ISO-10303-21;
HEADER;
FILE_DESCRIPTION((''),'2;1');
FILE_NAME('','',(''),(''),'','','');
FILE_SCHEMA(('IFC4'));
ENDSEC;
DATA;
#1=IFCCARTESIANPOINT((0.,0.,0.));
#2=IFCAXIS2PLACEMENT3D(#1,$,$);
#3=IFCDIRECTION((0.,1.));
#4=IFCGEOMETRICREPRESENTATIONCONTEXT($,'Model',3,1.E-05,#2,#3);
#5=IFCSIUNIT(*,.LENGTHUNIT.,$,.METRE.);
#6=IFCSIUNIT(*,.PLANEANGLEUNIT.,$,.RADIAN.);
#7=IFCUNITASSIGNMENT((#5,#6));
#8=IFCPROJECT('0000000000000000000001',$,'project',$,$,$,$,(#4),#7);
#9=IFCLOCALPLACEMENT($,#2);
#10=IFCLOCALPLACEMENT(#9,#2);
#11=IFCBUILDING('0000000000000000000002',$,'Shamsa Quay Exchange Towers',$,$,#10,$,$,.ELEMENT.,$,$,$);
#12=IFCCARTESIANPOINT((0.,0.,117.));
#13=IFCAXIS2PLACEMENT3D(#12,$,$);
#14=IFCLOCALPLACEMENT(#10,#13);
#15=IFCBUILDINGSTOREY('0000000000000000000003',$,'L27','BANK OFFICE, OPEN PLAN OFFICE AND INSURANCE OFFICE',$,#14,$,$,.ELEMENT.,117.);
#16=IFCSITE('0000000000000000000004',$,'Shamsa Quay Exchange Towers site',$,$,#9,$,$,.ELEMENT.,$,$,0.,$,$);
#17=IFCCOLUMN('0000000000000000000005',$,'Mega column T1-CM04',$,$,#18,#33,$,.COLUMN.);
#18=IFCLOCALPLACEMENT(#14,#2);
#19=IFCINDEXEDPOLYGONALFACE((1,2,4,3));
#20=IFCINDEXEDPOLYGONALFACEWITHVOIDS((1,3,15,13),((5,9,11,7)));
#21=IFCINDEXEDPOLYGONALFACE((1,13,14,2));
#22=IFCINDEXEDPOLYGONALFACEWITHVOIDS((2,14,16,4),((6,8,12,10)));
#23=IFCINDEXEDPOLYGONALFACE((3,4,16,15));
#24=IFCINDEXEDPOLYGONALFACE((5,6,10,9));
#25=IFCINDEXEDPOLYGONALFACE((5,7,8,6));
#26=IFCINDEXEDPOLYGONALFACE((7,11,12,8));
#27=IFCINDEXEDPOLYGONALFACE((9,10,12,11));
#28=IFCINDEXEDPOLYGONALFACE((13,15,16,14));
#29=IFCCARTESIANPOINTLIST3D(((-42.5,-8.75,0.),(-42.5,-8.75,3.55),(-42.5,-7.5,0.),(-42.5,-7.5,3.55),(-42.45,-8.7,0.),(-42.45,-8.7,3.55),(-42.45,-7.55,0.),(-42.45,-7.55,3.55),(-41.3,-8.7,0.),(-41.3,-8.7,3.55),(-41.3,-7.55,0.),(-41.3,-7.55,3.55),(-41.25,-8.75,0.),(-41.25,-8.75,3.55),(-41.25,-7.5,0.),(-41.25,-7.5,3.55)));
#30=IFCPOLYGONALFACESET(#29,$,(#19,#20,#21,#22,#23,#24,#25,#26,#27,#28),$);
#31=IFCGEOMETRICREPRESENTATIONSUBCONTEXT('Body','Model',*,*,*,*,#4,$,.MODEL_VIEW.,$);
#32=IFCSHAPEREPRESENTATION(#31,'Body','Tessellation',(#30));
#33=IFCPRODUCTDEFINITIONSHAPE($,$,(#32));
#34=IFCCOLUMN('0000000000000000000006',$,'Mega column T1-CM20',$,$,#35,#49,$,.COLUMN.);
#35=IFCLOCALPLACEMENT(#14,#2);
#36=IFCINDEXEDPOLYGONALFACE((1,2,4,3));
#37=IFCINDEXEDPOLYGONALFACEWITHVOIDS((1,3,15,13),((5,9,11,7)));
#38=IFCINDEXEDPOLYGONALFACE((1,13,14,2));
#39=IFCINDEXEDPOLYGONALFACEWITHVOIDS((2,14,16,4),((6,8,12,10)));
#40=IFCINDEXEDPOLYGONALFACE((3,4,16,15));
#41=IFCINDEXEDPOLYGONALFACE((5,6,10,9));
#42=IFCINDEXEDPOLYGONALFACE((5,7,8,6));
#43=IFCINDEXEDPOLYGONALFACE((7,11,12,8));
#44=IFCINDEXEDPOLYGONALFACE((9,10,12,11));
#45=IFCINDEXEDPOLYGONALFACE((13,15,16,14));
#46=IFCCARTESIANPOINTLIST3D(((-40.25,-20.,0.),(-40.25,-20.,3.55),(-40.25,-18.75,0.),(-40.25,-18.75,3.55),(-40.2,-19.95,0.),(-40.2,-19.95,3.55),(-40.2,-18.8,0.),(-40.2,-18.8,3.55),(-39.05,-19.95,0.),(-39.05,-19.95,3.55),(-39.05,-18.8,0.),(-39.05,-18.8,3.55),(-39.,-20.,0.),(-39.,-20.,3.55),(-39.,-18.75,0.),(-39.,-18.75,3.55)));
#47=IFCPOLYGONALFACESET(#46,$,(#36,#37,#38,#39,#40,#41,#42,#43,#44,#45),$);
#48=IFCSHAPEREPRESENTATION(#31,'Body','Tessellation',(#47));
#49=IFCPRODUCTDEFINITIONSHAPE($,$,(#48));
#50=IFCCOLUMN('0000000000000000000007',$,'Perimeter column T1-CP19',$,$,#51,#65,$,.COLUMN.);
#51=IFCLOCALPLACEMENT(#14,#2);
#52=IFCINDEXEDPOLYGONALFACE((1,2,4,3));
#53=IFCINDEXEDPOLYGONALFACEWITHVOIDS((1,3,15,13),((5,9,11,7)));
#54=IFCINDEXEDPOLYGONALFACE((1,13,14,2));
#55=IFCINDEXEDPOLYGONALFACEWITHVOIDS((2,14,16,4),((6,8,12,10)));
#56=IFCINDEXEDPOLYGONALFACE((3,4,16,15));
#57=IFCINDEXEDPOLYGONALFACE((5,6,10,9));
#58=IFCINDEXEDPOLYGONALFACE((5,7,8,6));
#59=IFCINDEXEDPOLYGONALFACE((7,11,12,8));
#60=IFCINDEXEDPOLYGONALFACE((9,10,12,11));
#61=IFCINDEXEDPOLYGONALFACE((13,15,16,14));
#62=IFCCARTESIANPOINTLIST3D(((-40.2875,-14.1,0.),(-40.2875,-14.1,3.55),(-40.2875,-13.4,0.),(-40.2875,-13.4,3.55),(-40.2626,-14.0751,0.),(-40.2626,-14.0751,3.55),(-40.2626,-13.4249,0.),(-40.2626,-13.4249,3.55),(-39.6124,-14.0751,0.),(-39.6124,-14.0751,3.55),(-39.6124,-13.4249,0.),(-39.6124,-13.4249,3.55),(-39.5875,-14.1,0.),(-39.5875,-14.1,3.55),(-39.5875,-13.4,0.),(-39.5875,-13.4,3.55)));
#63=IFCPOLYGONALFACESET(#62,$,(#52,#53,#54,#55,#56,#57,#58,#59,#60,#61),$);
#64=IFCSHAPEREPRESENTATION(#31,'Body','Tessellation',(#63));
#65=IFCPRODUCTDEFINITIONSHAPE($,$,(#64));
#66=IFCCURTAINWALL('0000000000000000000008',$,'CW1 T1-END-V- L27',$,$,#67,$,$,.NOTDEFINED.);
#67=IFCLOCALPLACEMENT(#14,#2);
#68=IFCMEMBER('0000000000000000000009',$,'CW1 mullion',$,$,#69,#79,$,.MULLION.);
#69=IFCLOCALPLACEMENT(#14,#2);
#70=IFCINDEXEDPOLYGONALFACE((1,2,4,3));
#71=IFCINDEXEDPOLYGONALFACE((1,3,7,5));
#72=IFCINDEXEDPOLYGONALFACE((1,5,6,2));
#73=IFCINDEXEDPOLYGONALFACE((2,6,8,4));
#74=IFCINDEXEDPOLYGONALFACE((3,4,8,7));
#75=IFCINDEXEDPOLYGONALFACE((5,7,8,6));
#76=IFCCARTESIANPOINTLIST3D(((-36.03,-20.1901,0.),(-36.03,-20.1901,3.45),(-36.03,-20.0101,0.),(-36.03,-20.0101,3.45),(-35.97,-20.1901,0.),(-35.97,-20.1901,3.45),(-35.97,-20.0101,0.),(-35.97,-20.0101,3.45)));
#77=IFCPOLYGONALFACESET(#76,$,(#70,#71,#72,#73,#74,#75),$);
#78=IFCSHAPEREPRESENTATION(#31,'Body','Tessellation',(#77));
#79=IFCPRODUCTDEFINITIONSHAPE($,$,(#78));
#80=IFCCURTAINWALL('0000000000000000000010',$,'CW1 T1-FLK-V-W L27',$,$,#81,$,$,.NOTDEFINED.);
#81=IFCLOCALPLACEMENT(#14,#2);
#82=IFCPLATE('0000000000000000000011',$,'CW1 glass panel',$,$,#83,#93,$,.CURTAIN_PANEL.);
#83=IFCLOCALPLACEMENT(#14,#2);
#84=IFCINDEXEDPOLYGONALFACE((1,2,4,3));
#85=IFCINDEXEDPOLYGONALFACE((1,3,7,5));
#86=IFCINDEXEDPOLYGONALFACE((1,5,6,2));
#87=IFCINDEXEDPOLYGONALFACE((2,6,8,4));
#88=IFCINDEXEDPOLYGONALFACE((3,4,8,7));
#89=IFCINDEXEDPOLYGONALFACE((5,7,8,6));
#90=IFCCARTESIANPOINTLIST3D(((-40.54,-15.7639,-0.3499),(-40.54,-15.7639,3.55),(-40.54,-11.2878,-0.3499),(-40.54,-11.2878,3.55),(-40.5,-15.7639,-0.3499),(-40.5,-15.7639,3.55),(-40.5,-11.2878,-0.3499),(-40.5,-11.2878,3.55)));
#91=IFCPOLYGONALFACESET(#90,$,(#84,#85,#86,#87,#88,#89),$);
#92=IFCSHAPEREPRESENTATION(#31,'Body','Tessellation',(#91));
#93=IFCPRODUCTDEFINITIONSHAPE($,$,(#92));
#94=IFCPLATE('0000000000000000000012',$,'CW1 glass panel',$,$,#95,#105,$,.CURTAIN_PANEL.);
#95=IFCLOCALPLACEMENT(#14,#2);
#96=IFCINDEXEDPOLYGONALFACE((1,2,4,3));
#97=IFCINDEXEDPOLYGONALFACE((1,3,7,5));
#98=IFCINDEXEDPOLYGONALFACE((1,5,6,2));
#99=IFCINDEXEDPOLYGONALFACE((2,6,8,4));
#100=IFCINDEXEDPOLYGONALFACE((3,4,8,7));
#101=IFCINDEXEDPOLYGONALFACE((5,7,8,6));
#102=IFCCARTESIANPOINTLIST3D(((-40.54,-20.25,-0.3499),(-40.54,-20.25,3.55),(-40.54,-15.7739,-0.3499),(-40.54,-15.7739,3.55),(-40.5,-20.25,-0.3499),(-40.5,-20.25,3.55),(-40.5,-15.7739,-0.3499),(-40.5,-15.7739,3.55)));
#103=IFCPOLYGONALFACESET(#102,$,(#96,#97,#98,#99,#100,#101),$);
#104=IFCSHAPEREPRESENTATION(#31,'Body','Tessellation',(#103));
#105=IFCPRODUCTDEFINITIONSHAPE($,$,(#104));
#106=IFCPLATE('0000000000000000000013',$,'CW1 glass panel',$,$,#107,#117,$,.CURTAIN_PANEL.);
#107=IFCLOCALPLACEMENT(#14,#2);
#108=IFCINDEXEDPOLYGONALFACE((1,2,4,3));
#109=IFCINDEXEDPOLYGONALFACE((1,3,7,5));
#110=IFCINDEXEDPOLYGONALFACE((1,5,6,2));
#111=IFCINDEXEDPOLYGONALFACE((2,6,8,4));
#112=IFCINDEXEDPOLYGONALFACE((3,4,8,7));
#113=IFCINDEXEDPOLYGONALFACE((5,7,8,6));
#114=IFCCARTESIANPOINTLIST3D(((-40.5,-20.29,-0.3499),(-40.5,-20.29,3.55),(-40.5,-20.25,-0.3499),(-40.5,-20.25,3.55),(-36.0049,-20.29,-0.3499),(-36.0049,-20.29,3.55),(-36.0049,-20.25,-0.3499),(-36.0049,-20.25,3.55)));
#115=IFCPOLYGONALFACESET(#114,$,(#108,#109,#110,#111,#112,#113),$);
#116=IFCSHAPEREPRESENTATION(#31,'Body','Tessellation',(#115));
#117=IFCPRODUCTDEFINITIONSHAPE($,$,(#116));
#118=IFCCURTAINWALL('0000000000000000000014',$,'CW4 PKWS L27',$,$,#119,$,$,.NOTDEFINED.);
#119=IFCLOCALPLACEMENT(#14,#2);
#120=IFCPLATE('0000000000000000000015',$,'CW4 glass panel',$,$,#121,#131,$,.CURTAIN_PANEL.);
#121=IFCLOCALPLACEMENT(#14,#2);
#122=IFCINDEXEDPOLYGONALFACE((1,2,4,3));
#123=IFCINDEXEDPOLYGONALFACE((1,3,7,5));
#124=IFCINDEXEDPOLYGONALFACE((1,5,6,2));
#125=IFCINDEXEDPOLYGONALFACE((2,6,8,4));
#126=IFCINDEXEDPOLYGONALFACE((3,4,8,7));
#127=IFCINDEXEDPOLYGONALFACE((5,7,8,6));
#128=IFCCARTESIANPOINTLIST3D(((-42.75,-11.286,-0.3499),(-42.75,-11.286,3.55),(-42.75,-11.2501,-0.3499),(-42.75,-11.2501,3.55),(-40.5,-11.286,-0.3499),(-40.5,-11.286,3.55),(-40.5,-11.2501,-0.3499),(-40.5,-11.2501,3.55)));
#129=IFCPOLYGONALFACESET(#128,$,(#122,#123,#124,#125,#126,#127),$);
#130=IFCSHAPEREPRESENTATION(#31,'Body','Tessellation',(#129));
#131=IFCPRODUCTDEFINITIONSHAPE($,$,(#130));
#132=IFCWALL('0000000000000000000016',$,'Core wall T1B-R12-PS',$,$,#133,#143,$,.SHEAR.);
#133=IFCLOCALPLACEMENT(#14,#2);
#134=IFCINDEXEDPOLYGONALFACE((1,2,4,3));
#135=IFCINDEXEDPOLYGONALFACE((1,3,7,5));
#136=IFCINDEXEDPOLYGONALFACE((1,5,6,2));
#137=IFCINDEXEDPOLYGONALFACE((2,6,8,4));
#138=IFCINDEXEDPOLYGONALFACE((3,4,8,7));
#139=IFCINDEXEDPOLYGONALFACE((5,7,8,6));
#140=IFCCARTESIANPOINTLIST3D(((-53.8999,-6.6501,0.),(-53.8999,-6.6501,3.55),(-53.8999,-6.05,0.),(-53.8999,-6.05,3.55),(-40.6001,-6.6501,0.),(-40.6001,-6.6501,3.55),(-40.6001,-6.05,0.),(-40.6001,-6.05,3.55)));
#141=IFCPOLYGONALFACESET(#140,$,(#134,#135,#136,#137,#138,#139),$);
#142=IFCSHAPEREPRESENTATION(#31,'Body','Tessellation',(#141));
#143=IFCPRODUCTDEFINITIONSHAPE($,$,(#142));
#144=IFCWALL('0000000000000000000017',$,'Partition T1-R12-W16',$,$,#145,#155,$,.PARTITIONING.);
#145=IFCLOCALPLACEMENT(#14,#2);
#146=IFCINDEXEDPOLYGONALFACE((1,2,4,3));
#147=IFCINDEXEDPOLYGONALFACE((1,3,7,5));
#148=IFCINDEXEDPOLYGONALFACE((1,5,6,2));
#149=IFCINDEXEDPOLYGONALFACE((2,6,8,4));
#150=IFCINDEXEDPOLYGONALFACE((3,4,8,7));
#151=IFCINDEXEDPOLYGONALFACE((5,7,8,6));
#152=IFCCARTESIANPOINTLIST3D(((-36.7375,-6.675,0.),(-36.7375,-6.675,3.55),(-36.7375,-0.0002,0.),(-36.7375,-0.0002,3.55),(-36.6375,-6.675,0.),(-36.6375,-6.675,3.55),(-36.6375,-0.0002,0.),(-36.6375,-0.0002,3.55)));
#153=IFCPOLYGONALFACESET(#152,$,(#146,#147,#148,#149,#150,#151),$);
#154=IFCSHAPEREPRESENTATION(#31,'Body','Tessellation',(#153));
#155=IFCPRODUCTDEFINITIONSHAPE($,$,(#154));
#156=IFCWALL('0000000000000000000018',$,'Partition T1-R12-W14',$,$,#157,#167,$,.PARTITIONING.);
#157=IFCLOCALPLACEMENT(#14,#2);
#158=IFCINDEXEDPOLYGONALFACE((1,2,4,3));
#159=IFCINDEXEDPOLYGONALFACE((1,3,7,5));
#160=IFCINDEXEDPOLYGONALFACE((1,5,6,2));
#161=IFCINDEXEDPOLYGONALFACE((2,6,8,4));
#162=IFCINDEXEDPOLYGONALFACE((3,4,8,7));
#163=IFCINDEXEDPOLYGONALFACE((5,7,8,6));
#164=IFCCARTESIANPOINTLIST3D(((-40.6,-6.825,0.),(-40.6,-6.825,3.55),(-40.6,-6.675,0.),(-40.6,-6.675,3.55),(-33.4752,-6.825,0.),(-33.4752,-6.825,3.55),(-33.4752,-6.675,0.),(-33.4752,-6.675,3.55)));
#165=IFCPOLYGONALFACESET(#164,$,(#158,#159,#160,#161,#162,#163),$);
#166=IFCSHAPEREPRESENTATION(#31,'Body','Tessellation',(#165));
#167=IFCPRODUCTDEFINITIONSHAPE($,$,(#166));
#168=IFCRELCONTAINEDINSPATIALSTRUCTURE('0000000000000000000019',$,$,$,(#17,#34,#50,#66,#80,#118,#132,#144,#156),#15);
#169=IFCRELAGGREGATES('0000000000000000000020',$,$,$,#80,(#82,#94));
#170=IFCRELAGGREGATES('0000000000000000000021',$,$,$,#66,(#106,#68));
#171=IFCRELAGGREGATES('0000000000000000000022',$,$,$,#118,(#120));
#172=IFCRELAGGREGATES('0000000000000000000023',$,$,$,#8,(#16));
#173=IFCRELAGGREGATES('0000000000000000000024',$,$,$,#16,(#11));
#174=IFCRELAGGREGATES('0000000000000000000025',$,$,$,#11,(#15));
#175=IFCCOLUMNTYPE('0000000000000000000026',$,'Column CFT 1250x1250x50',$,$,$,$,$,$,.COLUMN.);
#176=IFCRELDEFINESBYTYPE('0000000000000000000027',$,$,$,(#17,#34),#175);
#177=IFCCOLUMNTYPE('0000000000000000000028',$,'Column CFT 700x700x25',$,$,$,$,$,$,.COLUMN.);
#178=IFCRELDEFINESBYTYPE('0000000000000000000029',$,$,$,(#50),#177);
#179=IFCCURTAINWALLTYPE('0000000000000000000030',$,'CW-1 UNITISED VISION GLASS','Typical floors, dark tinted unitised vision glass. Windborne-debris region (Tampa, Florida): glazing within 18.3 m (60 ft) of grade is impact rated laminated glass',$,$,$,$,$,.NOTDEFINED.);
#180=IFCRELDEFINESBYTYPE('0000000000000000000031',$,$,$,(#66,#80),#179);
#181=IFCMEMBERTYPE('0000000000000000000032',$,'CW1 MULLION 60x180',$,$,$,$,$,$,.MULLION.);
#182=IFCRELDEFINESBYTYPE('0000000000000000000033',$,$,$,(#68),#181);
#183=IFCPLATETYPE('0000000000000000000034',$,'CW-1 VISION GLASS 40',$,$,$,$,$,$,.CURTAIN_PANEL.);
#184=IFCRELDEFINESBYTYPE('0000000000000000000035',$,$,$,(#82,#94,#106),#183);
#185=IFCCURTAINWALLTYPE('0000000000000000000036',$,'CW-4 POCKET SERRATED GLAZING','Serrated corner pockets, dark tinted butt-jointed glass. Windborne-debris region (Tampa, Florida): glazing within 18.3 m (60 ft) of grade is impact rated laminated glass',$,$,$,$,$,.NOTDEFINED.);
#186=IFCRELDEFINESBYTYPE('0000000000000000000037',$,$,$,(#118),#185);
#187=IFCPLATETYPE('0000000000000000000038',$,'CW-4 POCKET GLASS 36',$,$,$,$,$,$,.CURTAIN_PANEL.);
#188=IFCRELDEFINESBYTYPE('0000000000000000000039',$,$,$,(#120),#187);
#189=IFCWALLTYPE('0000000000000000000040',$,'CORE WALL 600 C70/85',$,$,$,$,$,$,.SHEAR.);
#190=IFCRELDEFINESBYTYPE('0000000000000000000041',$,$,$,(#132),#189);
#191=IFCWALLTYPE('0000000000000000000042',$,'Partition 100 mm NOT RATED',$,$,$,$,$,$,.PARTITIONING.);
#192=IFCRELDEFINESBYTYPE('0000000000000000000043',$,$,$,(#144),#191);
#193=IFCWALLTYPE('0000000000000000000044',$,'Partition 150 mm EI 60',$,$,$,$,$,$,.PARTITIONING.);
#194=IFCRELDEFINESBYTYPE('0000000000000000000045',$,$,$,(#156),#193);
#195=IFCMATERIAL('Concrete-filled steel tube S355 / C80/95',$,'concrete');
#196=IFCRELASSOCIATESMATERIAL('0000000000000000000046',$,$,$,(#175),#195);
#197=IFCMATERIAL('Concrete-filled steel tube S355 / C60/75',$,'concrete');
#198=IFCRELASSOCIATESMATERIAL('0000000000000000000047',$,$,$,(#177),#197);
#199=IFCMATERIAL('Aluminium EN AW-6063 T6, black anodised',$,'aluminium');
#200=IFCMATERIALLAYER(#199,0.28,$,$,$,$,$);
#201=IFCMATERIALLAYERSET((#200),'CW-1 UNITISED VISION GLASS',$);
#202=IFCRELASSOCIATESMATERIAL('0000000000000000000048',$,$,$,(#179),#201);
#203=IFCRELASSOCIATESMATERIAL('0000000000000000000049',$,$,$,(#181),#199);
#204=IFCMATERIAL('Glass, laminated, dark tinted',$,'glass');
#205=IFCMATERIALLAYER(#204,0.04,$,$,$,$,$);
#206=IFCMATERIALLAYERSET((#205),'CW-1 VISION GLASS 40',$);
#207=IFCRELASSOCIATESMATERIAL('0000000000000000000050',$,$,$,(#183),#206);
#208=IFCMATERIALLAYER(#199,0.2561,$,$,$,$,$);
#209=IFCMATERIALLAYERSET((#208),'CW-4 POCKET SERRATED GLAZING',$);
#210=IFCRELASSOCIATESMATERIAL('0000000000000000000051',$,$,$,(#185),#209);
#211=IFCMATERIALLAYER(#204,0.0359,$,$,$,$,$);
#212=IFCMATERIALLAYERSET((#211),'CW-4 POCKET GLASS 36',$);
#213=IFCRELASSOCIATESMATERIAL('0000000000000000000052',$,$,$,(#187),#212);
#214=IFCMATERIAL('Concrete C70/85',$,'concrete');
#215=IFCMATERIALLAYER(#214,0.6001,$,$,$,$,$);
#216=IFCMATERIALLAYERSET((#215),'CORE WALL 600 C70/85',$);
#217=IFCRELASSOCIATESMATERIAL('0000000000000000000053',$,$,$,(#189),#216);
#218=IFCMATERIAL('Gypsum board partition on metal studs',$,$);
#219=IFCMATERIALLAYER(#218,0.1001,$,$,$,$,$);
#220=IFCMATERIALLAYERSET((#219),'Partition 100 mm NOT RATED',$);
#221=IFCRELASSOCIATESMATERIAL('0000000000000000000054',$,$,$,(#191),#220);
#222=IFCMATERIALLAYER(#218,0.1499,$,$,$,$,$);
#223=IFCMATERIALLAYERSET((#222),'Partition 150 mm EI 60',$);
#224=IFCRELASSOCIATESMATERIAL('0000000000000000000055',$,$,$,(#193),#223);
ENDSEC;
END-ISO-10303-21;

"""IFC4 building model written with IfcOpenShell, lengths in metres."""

from ifc_helpers import new_model, si_unit, direction, frame, frame_2d, origin, origin_2d, place, context, subcontext, project, spatial, rectangle, hollow_rectangle, extrude, material, layer, layer_set, material_profile, profile_set, type_object, element, aggregate, save


model = new_model("IFC4")

# Units and contexts
model_context = context("Model", 3, precision=1e-05, world=origin(), true_north=direction((0.0, 1.0)))
body_context = subcontext(model_context, "Body", "Model", "MODEL_VIEW")
ifc_project = project(units=[si_unit("LENGTHUNIT", "METRE"), si_unit("PLANEANGLEUNIT", "RADIAN")], contexts=[model_context])

# Site, building, storey
site_placement = place(None, origin())
site = spatial("IfcSite", under=ifc_project, at=site_placement, Name="Shamsa Quay Exchange Towers site", CompositionType="ELEMENT", RefElevation=0.0)
building_placement = place(site_placement, origin())
building = spatial("IfcBuilding", under=site, at=building_placement, Name="Shamsa Quay Exchange Towers", CompositionType="ELEMENT")
storey_placement = place(building_placement, frame((0.0, 0.0, 117.0)))
storey = spatial("IfcBuildingStorey", under=building, at=storey_placement, Name="L27", Description="BANK OFFICE, OPEN PLAN OFFICE AND INSURANCE OFFICE", CompositionType="ELEMENT", Elevation=117.0)

# Columns
ifc_material_1 = material(Name="Concrete-filled steel tube S355 / C80/95", Category="concrete")
ifc_material_profile_1 = material_profile(ifc_material_1, hollow_rectangle(XDim=1.25, YDim=1.25, WallThickness=0.05, at=origin_2d()), Name="CFT 1250x1250x50")
ifc_profile_set_1 = profile_set([ifc_material_profile_1], Name="Concrete-filled steel tube S355 / C80/95")
column_type_1 = type_object("IfcColumnType", Name="Column CFT 1250x1250x50", PredefinedType="COLUMN", material=ifc_profile_set_1)
for number, where, name in (
    (1, (-41.875, -8.125, 0.0), "Mega column T1-CM04"),
    (2, (-39.625, -19.375, 0.0), "Mega column T1-CM20"),
):
    element("IfcColumn", number, at=place(storey_placement, frame(where)), inside=storey, type_object=column_type_1, Name=name, PredefinedType="COLUMN", context=body_context, shape_type="SweptSolid", body=[
        extrude(hollow_rectangle(XDim=1.25, YDim=1.25, WallThickness=0.05, at=origin_2d()), origin(), (0.0, 0.0, 1.0), 3.55),
    ])
ifc_material_2 = material(Name="Concrete-filled steel tube S355 / C60/75", Category="concrete")
ifc_material_profile_2 = material_profile(ifc_material_2, hollow_rectangle(XDim=0.7, YDim=0.7, WallThickness=0.0249, at=origin_2d()), Name="CFT 700x700x25")
ifc_profile_set_2 = profile_set([ifc_material_profile_2], Name="Concrete-filled steel tube S355 / C60/75")
column_type_2 = type_object("IfcColumnType", Name="Column CFT 700x700x25", PredefinedType="COLUMN", material=ifc_profile_set_2)
column_placement = place(storey_placement, frame((-39.9375, -13.75, 0.0)))
element("IfcColumn", 3, at=column_placement, inside=storey, type_object=column_type_2, Name="Perimeter column T1-CP19", PredefinedType="COLUMN", context=body_context, shape_type="SweptSolid", body=[
    extrude(hollow_rectangle(XDim=0.7, YDim=0.7, WallThickness=0.0249, at=origin_2d()), origin(), (0.0, 0.0, 1.0), 3.55),
])

# Curtain wall, member
ifc_material_3 = material(Name="Aluminium EN AW-6063 T6, black anodised", Category="aluminium")
ifc_layer_1 = layer(ifc_material_3, 0.28)
ifc_layer_set_1 = layer_set([ifc_layer_1], Name="CW-1 UNITISED VISION GLASS")
curtain_wall_type_1 = type_object("IfcCurtainWallType", Name="CW-1 UNITISED VISION GLASS", Description="Typical floors, dark tinted unitised vision glass. Windborne-debris region (Tampa, Florida): glazing within 18.3 m (60 ft) of grade is impact rated laminated glass", PredefinedType="NOTDEFINED", material=ifc_layer_set_1)
curtain_wall_1_placement = place(storey_placement, origin())
curtain_wall_1 = element("IfcCurtainWall", 4, at=curtain_wall_1_placement, inside=storey, type_object=curtain_wall_type_1, Name="CW1 T1-END-V- L27", PredefinedType="NOTDEFINED")
ifc_material_profile_3 = material_profile(ifc_material_3, rectangle(XDim=0.1799, YDim=0.0601, at=origin_2d()), Name="MU60x180")
ifc_profile_set_3 = profile_set([ifc_material_profile_3], Name="Aluminium EN AW-6063 T6, black anodised")
member_type = type_object("IfcMemberType", Name="CW1 MULLION 60x180", PredefinedType="MULLION", material=ifc_profile_set_3)
member_placement = place(storey_placement, frame((-36.0, -20.1001, 0.0), z_axis=(0.0, 0.0, 1.0), x_axis=(0.0, 1.0, 0.0)))
member = element("IfcMember", 5, at=member_placement, type_object=member_type, Name="CW1 mullion", PredefinedType="MULLION", context=body_context, shape_type="SweptSolid", body=[
    extrude(rectangle(XDim=0.1799, YDim=0.0601, at=origin_2d()), origin(), (0.0, 0.0, 1.0), 3.45),
])

# Curtain wall, plates
curtain_wall_2_placement = place(storey_placement, origin())
curtain_wall_2 = element("IfcCurtainWall", 6, at=curtain_wall_2_placement, inside=storey, type_object=curtain_wall_type_1, Name="CW1 T1-FLK-V-W L27", PredefinedType="NOTDEFINED")
ifc_material_4 = material(Name="Glass, laminated, dark tinted", Category="glass")
ifc_layer_2 = layer(ifc_material_4, 0.04)
ifc_layer_set_2 = layer_set([ifc_layer_2], Name="CW-1 VISION GLASS 40")
plate_type_1 = type_object("IfcPlateType", Name="CW-1 VISION GLASS 40", PredefinedType="CURTAIN_PANEL", material=ifc_layer_set_2)
plate_1_placement = place(storey_placement, frame((-40.52, -13.5259, -0.3499), z_axis=(0.0, 0.0, 1.0), x_axis=(0.0, -1.0, 0.0)))
plate_1 = element("IfcPlate", 7, at=plate_1_placement, type_object=plate_type_1, Name="CW1 glass panel", PredefinedType="CURTAIN_PANEL", context=body_context, shape_type="SweptSolid", body=[
    extrude(rectangle(XDim=4.4761, YDim=0.04, at=origin_2d()), origin(), (0.0, 0.0, 1.0), 3.8999),
])
plate_2_placement = place(storey_placement, frame((-40.52, -18.012, -0.3499), z_axis=(0.0, 0.0, 1.0), x_axis=(0.0, -1.0, 0.0)))
plate_2 = element("IfcPlate", 8, at=plate_2_placement, type_object=plate_type_1, Name="CW1 glass panel", PredefinedType="CURTAIN_PANEL", context=body_context, shape_type="SweptSolid", body=[
    extrude(rectangle(XDim=4.4761, YDim=0.04, at=origin_2d()), origin(), (0.0, 0.0, 1.0), 3.8999),
])
aggregate(curtain_wall_2, [plate_1, plate_2])

# Plate
plate_3_placement = place(storey_placement, frame((-38.2524, -20.27, -0.3499)))
plate_3 = element("IfcPlate", 9, at=plate_3_placement, type_object=plate_type_1, Name="CW1 glass panel", PredefinedType="CURTAIN_PANEL", context=body_context, shape_type="SweptSolid", body=[
    extrude(rectangle(XDim=4.4951, YDim=0.04, at=origin_2d()), origin(), (0.0, 0.0, 1.0), 3.8999),
])
aggregate(curtain_wall_1, [plate_3, member])

# Curtain wall, plate
ifc_layer_3 = layer(ifc_material_3, 0.2561)
ifc_layer_set_3 = layer_set([ifc_layer_3], Name="CW-4 POCKET SERRATED GLAZING")
curtain_wall_type_2 = type_object("IfcCurtainWallType", Name="CW-4 POCKET SERRATED GLAZING", Description="Serrated corner pockets, dark tinted butt-jointed glass. Windborne-debris region (Tampa, Florida): glazing within 18.3 m (60 ft) of grade is impact rated laminated glass", PredefinedType="NOTDEFINED", material=ifc_layer_set_3)
curtain_wall_3_placement = place(storey_placement, origin())
curtain_wall_3 = element("IfcCurtainWall", 10, at=curtain_wall_3_placement, inside=storey, type_object=curtain_wall_type_2, Name="CW4 PKWS L27", PredefinedType="NOTDEFINED")
ifc_layer_4 = layer(ifc_material_4, 0.0359)
ifc_layer_set_4 = layer_set([ifc_layer_4], Name="CW-4 POCKET GLASS 36")
plate_type_2 = type_object("IfcPlateType", Name="CW-4 POCKET GLASS 36", PredefinedType="CURTAIN_PANEL", material=ifc_layer_set_4)
plate_4_placement = place(storey_placement, frame((-41.625, -11.2681, -0.3499)))
plate_4 = element("IfcPlate", 11, at=plate_4_placement, type_object=plate_type_2, Name="CW4 glass panel", PredefinedType="CURTAIN_PANEL", context=body_context, shape_type="SweptSolid", body=[
    extrude(rectangle(XDim=2.25, YDim=0.0359, at=origin_2d()), origin(), (0.0, 0.0, 1.0), 3.8999),
])
aggregate(curtain_wall_3, [plate_4])

# Wall
ifc_material_5 = material(Name="Concrete C70/85", Category="concrete")
ifc_layer_5 = layer(ifc_material_5, 0.6001)
ifc_layer_set_5 = layer_set([ifc_layer_5], Name="CORE WALL 600 C70/85")
wall_type_1 = type_object("IfcWallType", Name="CORE WALL 600 C70/85", PredefinedType="SHEAR", material=ifc_layer_set_5)
wall_1_placement = place(storey_placement, frame((-40.6001, -6.3501, 0.0), z_axis=(0.0, 0.0, 1.0), x_axis=(-1.0, 0.0, 0.0)))
element("IfcWall", 12, at=wall_1_placement, inside=storey, type_object=wall_type_1, Name="Core wall T1B-R12-PS", PredefinedType="SHEAR", context=body_context, shape_type="SweptSolid", body=[
    extrude(rectangle(XDim=13.2998, YDim=0.6001, at=frame_2d((6.6499, 0.0))), origin(), (0.0, 0.0, 1.0), 3.55),
])

# Walls
ifc_material_6 = material(Name="Gypsum board partition on metal studs")
ifc_layer_6 = layer(ifc_material_6, 0.1001)
ifc_layer_set_6 = layer_set([ifc_layer_6], Name="Partition 100 mm NOT RATED")
wall_type_2 = type_object("IfcWallType", Name="Partition 100 mm NOT RATED", PredefinedType="PARTITIONING", material=ifc_layer_set_6)
wall_2_placement = place(storey_placement, frame((-36.6875, -6.675, 0.0), z_axis=(0.0, 0.0, 1.0), x_axis=(0.0, 1.0, 0.0)))
element("IfcWall", 13, at=wall_2_placement, inside=storey, type_object=wall_type_2, Name="Partition T1-R12-W16", PredefinedType="PARTITIONING", context=body_context, shape_type="SweptSolid", body=[
    extrude(rectangle(XDim=6.6748, YDim=0.1001, at=frame_2d((3.3374, 0.0))), origin(), (0.0, 0.0, 1.0), 3.55),
])
ifc_layer_7 = layer(ifc_material_6, 0.1499)
ifc_layer_set_7 = layer_set([ifc_layer_7], Name="Partition 150 mm EI 60")
wall_type_3 = type_object("IfcWallType", Name="Partition 150 mm EI 60", PredefinedType="PARTITIONING", material=ifc_layer_set_7)
wall_3_placement = place(storey_placement, frame((-40.6001, -6.75, 0.0)))
element("IfcWall", 14, at=wall_3_placement, inside=storey, type_object=wall_type_3, Name="Partition T1-R12-W14", PredefinedType="PARTITIONING", context=body_context, shape_type="SweptSolid", body=[
    extrude(rectangle(XDim=7.1248, YDim=0.1499, at=frame_2d((3.5625, 0.0))), origin(), (0.0, 0.0, 1.0), 3.55),
])

save(model, "model.ifc")
